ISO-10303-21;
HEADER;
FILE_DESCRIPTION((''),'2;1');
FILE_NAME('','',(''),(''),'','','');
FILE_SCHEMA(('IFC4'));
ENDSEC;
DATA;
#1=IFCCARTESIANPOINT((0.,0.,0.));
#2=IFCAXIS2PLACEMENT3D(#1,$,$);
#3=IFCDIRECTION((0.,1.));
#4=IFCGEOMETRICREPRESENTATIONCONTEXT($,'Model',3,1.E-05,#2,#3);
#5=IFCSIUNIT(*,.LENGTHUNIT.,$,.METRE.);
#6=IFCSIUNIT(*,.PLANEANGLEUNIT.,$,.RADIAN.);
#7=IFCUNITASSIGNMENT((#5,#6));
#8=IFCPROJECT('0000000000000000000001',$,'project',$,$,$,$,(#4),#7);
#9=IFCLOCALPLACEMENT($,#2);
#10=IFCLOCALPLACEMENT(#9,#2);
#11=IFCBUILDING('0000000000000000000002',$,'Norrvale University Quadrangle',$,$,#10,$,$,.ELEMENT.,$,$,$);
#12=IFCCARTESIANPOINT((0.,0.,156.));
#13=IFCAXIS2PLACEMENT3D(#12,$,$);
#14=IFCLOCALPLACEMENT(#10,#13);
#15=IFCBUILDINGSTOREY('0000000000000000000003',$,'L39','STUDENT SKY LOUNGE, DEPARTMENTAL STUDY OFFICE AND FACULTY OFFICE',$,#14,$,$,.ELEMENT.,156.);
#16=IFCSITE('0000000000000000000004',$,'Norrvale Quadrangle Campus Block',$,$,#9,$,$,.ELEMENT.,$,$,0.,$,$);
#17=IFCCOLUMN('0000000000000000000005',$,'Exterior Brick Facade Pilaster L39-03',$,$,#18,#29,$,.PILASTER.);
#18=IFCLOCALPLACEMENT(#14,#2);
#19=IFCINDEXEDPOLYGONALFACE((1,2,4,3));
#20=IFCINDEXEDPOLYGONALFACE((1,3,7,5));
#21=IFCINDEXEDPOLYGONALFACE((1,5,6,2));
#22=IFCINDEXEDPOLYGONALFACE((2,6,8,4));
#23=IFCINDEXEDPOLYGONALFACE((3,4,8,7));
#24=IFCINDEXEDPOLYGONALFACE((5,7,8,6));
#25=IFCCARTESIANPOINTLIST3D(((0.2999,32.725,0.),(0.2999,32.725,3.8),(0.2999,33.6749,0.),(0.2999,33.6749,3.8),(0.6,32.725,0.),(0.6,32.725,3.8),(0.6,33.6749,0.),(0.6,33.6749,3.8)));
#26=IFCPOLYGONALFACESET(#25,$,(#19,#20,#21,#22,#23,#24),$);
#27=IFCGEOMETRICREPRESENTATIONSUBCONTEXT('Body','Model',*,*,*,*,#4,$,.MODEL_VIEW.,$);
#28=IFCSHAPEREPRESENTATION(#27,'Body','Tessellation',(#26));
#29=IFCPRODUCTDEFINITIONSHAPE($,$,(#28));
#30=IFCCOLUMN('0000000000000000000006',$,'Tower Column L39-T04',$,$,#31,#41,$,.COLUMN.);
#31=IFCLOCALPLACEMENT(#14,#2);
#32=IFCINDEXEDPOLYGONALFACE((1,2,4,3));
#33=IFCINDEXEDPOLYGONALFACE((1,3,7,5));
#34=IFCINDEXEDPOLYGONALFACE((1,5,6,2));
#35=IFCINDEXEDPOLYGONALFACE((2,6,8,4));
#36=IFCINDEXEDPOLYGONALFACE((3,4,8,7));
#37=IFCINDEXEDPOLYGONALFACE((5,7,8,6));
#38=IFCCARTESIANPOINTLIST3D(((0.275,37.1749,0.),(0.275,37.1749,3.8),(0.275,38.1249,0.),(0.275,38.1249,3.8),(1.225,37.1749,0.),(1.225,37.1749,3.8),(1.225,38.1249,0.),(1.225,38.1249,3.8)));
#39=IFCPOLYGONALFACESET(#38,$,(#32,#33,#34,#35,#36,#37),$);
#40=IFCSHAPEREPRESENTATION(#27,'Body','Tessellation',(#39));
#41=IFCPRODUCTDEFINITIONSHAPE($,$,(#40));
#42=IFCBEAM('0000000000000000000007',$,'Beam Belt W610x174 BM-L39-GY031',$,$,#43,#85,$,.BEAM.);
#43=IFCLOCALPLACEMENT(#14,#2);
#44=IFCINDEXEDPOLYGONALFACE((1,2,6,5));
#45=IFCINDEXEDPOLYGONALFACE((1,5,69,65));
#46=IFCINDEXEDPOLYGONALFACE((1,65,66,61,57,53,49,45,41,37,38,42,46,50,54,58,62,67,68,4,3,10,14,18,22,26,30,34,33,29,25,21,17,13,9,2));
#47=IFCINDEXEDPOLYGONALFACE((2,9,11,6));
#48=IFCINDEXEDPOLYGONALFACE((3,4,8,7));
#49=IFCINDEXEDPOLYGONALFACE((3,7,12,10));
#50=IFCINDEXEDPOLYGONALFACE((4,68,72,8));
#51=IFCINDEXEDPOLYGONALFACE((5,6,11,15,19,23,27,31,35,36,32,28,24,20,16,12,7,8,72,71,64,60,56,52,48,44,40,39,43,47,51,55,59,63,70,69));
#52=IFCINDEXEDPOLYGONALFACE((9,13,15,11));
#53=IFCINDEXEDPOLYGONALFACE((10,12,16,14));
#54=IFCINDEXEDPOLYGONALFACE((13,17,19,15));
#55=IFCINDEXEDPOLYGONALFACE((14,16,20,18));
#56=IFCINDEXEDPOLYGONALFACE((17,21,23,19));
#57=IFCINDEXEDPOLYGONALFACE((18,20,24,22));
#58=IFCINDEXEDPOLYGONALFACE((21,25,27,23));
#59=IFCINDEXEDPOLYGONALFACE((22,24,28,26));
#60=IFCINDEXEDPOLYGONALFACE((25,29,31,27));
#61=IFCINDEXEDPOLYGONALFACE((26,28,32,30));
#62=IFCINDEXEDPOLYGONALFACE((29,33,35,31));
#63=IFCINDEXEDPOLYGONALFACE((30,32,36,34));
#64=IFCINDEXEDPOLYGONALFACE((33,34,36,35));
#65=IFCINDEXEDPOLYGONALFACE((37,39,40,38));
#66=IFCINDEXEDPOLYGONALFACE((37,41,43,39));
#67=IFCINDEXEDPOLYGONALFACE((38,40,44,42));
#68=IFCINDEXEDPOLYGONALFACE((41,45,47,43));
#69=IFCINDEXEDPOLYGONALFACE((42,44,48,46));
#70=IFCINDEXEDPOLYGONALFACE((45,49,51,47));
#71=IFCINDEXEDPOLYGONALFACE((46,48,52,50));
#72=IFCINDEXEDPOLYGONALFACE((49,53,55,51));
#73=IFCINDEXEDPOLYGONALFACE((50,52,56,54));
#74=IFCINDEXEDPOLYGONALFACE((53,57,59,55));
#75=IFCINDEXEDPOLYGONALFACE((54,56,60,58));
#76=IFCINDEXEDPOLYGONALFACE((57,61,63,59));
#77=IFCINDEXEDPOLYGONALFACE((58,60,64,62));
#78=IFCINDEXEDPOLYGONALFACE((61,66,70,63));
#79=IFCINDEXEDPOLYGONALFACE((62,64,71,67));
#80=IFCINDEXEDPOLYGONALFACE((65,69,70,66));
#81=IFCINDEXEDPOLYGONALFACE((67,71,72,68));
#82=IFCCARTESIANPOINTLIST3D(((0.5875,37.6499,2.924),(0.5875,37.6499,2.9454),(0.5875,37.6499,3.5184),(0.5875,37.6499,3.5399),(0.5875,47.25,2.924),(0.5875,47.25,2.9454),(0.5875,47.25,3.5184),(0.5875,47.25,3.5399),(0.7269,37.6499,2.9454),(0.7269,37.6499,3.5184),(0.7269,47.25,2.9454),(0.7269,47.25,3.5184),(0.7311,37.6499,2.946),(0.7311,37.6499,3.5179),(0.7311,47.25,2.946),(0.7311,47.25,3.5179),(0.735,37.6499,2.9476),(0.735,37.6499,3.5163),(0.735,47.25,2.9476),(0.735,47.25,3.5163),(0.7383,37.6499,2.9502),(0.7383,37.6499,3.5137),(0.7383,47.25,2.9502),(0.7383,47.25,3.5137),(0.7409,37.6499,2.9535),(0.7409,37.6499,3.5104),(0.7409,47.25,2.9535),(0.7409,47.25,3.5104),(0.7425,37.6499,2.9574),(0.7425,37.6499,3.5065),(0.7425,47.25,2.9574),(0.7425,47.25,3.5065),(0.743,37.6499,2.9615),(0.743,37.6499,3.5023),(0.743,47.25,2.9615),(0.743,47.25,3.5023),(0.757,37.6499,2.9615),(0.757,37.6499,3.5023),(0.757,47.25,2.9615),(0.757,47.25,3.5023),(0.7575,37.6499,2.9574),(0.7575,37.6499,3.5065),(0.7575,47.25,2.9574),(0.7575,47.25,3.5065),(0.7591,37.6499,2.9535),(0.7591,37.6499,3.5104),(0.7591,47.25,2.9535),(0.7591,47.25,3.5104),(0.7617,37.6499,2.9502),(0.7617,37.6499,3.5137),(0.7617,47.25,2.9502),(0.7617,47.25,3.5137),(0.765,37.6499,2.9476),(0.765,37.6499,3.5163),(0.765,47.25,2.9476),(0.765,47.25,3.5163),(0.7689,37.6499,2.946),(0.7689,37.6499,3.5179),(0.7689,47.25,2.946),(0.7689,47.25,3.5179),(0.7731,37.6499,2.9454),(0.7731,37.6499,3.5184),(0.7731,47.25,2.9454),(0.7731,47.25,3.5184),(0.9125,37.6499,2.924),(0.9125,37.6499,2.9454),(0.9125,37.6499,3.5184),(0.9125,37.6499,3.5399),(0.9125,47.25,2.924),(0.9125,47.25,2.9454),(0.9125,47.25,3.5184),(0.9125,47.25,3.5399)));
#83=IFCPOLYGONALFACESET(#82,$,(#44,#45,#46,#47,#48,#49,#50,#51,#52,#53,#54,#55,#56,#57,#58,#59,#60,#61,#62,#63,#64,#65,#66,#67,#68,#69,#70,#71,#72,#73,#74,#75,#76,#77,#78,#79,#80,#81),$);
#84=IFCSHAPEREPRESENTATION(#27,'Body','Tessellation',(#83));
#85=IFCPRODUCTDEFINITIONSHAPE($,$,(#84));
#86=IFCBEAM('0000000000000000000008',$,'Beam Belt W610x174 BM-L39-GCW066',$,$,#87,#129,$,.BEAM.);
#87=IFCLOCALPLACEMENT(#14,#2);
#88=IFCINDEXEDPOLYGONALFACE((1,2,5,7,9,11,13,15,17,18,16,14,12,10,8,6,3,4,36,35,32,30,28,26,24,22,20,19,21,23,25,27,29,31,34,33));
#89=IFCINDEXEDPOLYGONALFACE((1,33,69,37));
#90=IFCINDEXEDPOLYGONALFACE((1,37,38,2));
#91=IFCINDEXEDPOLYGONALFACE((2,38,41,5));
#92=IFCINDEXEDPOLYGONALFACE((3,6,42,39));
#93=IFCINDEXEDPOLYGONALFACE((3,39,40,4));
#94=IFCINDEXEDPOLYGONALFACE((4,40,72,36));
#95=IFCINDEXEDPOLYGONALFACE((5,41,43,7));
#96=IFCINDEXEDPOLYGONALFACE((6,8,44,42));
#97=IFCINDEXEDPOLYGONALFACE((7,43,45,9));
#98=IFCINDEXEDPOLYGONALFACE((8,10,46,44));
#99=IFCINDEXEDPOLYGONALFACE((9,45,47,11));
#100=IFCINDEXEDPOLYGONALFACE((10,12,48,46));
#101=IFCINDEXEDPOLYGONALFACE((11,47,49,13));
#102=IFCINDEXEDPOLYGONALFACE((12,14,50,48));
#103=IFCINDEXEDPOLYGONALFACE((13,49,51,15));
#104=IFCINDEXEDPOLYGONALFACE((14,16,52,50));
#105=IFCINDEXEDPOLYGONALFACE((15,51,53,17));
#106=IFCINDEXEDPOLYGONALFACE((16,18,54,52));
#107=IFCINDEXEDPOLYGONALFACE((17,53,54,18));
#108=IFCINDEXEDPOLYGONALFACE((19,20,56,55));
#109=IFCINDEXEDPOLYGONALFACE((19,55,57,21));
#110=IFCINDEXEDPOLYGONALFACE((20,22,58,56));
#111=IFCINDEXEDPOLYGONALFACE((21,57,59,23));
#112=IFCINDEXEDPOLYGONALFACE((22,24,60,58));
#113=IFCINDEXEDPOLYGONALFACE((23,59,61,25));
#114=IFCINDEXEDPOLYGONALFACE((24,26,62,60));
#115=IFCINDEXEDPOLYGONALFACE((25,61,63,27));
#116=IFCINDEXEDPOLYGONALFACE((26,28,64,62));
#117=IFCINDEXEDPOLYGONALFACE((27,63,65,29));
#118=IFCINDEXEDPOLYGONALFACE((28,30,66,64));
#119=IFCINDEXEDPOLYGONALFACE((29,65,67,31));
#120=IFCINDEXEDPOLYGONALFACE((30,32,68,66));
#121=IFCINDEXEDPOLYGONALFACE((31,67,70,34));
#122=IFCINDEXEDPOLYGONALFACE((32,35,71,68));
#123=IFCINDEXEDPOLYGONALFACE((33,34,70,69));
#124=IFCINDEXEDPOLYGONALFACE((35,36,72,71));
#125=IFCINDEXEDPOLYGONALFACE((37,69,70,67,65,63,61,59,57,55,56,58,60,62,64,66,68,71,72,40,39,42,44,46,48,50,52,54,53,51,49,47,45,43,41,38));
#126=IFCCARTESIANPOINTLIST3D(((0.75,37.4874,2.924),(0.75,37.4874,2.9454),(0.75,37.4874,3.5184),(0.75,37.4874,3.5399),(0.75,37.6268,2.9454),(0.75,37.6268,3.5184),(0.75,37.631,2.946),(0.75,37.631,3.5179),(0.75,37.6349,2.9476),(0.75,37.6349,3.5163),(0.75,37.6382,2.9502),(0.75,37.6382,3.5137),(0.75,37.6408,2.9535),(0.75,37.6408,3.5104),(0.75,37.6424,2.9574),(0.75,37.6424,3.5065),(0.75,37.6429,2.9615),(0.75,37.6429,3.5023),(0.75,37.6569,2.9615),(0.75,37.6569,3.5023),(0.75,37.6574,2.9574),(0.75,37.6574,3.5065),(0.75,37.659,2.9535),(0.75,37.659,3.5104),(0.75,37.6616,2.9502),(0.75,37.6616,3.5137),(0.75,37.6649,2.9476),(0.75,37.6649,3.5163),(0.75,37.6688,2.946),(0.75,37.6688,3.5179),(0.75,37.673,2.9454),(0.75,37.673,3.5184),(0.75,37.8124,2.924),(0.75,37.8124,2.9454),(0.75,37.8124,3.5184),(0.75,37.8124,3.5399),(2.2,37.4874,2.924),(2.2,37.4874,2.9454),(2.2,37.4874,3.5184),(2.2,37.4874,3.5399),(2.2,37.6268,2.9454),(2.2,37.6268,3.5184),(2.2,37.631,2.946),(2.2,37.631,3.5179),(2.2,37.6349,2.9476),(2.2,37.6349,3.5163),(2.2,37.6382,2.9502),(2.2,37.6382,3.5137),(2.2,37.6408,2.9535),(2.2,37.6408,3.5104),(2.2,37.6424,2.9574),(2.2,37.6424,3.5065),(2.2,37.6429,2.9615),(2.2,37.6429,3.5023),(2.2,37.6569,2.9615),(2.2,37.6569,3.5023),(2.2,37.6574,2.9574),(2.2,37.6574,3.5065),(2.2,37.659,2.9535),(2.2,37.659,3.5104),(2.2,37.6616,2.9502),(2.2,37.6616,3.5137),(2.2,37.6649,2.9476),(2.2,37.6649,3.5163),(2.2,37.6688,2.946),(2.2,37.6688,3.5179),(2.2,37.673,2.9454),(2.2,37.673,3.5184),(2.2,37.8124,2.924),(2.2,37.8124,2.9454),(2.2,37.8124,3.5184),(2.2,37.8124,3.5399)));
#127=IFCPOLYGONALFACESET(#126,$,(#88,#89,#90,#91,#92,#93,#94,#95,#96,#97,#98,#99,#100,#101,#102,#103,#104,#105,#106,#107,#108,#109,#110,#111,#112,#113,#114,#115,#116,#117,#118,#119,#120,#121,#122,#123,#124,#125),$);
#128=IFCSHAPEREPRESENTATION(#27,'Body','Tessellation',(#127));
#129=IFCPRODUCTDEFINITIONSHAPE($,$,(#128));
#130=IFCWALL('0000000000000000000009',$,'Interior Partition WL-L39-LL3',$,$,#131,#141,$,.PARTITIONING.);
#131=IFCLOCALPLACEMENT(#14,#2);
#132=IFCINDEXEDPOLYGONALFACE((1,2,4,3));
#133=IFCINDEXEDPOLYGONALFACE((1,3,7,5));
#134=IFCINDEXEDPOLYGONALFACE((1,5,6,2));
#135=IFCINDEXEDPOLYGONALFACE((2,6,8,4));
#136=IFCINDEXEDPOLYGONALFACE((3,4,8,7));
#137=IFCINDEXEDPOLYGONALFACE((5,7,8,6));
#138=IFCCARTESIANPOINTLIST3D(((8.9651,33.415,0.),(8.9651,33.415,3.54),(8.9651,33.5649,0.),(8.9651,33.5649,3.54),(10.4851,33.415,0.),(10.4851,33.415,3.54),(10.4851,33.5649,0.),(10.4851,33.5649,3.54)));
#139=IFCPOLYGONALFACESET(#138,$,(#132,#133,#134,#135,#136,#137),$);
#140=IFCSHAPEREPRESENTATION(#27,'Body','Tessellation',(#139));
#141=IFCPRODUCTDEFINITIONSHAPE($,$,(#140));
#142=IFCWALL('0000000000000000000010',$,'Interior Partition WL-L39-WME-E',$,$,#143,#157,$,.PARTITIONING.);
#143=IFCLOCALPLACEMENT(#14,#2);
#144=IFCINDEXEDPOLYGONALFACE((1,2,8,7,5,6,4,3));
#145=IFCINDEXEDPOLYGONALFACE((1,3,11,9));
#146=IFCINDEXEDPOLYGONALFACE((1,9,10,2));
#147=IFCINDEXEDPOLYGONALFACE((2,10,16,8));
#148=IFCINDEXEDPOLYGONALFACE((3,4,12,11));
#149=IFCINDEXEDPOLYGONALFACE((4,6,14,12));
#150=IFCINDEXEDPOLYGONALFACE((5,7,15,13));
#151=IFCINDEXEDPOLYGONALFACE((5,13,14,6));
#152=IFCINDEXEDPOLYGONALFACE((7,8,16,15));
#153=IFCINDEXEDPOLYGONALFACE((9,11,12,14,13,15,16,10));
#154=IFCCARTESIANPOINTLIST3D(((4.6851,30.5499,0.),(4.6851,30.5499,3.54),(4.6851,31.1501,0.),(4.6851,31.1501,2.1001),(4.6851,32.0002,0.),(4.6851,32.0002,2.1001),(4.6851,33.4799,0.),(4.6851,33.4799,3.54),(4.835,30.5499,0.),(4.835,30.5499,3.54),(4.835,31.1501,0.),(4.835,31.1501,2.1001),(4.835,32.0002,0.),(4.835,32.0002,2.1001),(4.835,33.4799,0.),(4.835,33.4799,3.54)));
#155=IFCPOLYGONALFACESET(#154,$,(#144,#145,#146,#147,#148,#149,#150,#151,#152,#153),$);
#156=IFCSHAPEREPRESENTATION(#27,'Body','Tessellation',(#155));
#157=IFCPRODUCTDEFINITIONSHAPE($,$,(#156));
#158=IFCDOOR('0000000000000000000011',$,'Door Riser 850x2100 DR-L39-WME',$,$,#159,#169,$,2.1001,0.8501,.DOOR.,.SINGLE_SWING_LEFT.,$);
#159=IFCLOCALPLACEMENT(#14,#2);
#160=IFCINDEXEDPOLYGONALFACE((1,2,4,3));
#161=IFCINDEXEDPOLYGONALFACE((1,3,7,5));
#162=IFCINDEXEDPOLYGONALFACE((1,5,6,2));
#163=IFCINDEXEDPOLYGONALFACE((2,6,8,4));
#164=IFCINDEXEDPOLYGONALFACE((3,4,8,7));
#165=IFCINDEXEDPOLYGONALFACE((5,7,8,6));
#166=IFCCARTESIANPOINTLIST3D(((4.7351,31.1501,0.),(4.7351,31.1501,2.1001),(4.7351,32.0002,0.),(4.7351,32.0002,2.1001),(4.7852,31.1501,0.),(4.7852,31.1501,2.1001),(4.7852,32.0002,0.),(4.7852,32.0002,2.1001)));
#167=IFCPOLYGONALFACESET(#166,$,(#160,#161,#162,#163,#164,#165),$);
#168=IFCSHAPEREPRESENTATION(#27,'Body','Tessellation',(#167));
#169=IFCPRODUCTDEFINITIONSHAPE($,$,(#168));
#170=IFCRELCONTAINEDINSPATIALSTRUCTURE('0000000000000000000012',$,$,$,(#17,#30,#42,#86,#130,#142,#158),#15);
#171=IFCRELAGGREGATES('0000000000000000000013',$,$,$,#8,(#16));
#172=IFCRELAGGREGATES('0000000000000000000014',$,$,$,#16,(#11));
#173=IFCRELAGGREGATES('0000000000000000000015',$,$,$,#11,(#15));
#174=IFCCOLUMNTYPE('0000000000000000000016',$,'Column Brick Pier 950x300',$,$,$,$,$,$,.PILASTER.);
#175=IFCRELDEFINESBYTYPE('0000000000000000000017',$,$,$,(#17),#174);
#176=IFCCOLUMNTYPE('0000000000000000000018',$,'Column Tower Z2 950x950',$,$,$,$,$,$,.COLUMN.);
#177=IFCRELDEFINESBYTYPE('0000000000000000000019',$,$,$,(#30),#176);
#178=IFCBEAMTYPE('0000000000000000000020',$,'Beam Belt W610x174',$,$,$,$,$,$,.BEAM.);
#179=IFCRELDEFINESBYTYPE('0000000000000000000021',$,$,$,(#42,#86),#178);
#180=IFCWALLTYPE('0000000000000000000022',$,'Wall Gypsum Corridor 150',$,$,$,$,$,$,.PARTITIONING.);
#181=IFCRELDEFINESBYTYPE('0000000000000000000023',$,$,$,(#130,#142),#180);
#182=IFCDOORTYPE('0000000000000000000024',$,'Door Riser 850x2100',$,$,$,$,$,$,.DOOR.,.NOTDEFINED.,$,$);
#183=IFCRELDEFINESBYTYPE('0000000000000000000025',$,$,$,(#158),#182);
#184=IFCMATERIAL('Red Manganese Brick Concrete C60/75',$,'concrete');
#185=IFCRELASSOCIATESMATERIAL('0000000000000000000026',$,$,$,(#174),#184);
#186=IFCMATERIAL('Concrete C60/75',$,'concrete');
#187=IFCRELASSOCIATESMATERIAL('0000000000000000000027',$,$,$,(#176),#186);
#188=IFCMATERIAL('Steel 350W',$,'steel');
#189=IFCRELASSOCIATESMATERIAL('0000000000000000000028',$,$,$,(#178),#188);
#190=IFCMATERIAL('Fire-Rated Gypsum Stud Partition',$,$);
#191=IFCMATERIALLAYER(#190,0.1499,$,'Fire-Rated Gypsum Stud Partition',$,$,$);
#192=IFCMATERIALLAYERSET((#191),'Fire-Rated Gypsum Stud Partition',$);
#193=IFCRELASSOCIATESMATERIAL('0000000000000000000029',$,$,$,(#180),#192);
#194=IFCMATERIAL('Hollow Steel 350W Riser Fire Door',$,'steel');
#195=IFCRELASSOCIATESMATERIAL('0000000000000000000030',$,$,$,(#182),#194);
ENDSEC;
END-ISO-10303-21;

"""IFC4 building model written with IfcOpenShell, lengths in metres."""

from ifc_helpers import new_model, si_unit, direction, frame, frame_2d, origin, origin_2d, place, context, subcontext, project, spatial, rectangle, i_section, extrude, material, layer, layer_set, material_profile, profile_set, type_object, element, fill, save


model = new_model("IFC4")

# Units and contexts
model_context = context("Model", 3, precision=1e-05, world=origin(), true_north=direction((0.0, 1.0)))
body_context = subcontext(model_context, "Body", "Model", "MODEL_VIEW")
ifc_project = project(units=[si_unit("LENGTHUNIT", "METRE"), si_unit("PLANEANGLEUNIT", "RADIAN")], contexts=[model_context])

# Site, building, storey
site_placement = place(None, origin())
site = spatial("IfcSite", under=ifc_project, at=site_placement, Name="Norrvale Quadrangle Campus Block", CompositionType="ELEMENT", RefElevation=0.0)
building_placement = place(site_placement, origin())
building = spatial("IfcBuilding", under=site, at=building_placement, Name="Norrvale University Quadrangle", CompositionType="ELEMENT")
storey_placement = place(building_placement, frame((0.0, 0.0, 156.0)))
storey = spatial("IfcBuildingStorey", under=building, at=storey_placement, Name="L39", Description="STUDENT SKY LOUNGE, DEPARTMENTAL STUDY OFFICE AND FACULTY OFFICE", CompositionType="ELEMENT", Elevation=156.0)

# Columns
ifc_material_1 = material(Name="Red Manganese Brick Concrete C60/75", Category="concrete")
ifc_material_profile_1 = material_profile(ifc_material_1, rectangle(XDim=0.95, YDim=0.3, at=origin_2d()), Name="Red Manganese Brick Concrete C60/75")
ifc_profile_set_1 = profile_set([ifc_material_profile_1], Name="Red Manganese Brick Concrete C60/75")
column_type_1 = type_object("IfcColumnType", Name="Column Brick Pier 950x300", PredefinedType="PILASTER", material=ifc_profile_set_1)
column_1_placement = place(storey_placement, frame((0.45, 33.2, 0.0), z_axis=(0.0, 0.0, 1.0), x_axis=(0.0, 1.0, 0.0)))
element("IfcColumn", 1, at=column_1_placement, inside=storey, type_object=column_type_1, Name="Exterior Brick Facade Pilaster L39-03", PredefinedType="PILASTER", context=body_context, shape_type="SweptSolid", body=[
    extrude(rectangle(XDim=0.95, YDim=0.3, at=origin_2d()), origin(), (0.0, 0.0, 1.0), 3.8),
])
ifc_material_2 = material(Name="Concrete C60/75", Category="concrete")
ifc_material_profile_2 = material_profile(ifc_material_2, rectangle(XDim=0.95, YDim=0.95, at=origin_2d()), Name="Concrete C60/75")
ifc_profile_set_2 = profile_set([ifc_material_profile_2], Name="Concrete C60/75")
column_type_2 = type_object("IfcColumnType", Name="Column Tower Z2 950x950", PredefinedType="COLUMN", material=ifc_profile_set_2)
column_2_placement = place(storey_placement, frame((0.75, 37.6499, 0.0), z_axis=(0.0, 0.0, 1.0), x_axis=(1.0, 0.0, 0.0)))
element("IfcColumn", 2, at=column_2_placement, inside=storey, type_object=column_type_2, Name="Tower Column L39-T04", PredefinedType="COLUMN", context=body_context, shape_type="SweptSolid", body=[
    extrude(rectangle(XDim=0.95, YDim=0.95, at=origin_2d()), origin(), (0.0, 0.0, 1.0), 3.8),
])

# Beams
ifc_material_3 = material(Name="Steel 350W", Category="steel")
ifc_material_profile_3 = material_profile(ifc_material_3, i_section(OverallWidth=0.325, OverallDepth=0.616, WebThickness=0.0139, FlangeThickness=0.0215, FilletRadius=0.0161, at=origin_2d()), Name="Steel 350W")
ifc_profile_set_3 = profile_set([ifc_material_profile_3], Name="Steel 350W")
beam_type = type_object("IfcBeamType", Name="Beam Belt W610x174", PredefinedType="BEAM", material=ifc_profile_set_3)
beam_1_placement = place(storey_placement, frame((0.75, 37.6499, 3.2319), z_axis=(0.0, 1.0, 0.0), x_axis=(-1.0, 0.0, 0.0)))
element("IfcBeam", 3, at=beam_1_placement, inside=storey, type_object=beam_type, Name="Beam Belt W610x174 BM-L39-GY031", PredefinedType="BEAM", context=body_context, shape_type="SweptSolid", body=[
    extrude(i_section(OverallWidth=0.325, OverallDepth=0.616, WebThickness=0.0139, FlangeThickness=0.0215, FilletRadius=0.0161, at=origin_2d()), origin(), (0.0, 0.0, 1.0), 9.6001),
])
beam_2_placement = place(storey_placement, frame((0.75, 37.6499, 3.2319), z_axis=(1.0, 0.0, 0.0), x_axis=(0.0, 1.0, 0.0)))
element("IfcBeam", 4, at=beam_2_placement, inside=storey, type_object=beam_type, Name="Beam Belt W610x174 BM-L39-GCW066", PredefinedType="BEAM", context=body_context, shape_type="SweptSolid", body=[
    extrude(i_section(OverallWidth=0.325, OverallDepth=0.616, WebThickness=0.0139, FlangeThickness=0.0215, FilletRadius=0.0161, at=origin_2d()), origin(), (0.0, 0.0, 1.0), 1.45),
])

# Wall
ifc_material_4 = material(Name="Fire-Rated Gypsum Stud Partition")
ifc_layer_1 = layer(ifc_material_4, 0.1499, Name="Fire-Rated Gypsum Stud Partition")
ifc_layer_set_1 = layer_set([ifc_layer_1], Name="Fire-Rated Gypsum Stud Partition")
wall_type_1 = type_object("IfcWallType", Name="Wall Gypsum Corridor 150", PredefinedType="PARTITIONING", material=ifc_layer_set_1)
wall_1_placement = place(storey_placement, frame((8.9651, 33.49, 0.0), z_axis=(0.0, 0.0, 1.0), x_axis=(1.0, 0.0, 0.0)))
element("IfcWall", 5, at=wall_1_placement, inside=storey, type_object=wall_type_1, Name="Interior Partition WL-L39-LL3", PredefinedType="PARTITIONING", context=body_context, shape_type="SweptSolid", body=[
    extrude(rectangle(XDim=1.52, YDim=0.1499, at=frame_2d((0.76, 0.0))), origin(), (0.0, 0.0, 1.0), 3.54),
])

# Wall, opening, door
wall_2_placement = place(storey_placement, frame((4.76, 30.55, 0.0), z_axis=(0.0, 0.0, 1.0), x_axis=(0.0, 1.0, 0.0)))
wall_2 = element("IfcWall", 6, at=wall_2_placement, inside=storey, type_object=wall_type_1, Name="Interior Partition WL-L39-WME-E", PredefinedType="PARTITIONING", context=body_context, shape_type="SweptSolid", body=[
    extrude(rectangle(XDim=2.9299, YDim=0.1499, at=frame_2d((1.4648, 0.0))), origin(), (0.0, 0.0, 1.0), 3.54),
])
opening_1_placement = place(wall_2_placement, frame((0.6001, 0.0, 0.0)))
opening_1 = element("IfcOpeningElement", 7, at=opening_1_placement, cuts=wall_2, PredefinedType="OPENING", context=body_context, shape_type="SweptSolid", body=[
    extrude(rectangle(XDim=0.8501, YDim=2.1001, at=frame_2d((0.425, 1.05))), frame((0.0, 0.0869, 0.0), z_axis=(0.0, -1.0, 0.0), x_axis=(1.0, 0.0, 0.0)), (0.0, 0.0, 1.0), 0.1738),
])
ifc_material_5 = material(Name="Hollow Steel 350W Riser Fire Door", Category="steel")
door_type_1 = type_object("IfcDoorType", Name="Door Riser 850x2100", OperationType="NOTDEFINED", PredefinedType="DOOR", material=ifc_material_5)
door_1_placement = place(opening_1_placement, origin())
door_1 = element("IfcDoor", 8, at=door_1_placement, inside=storey, type_object=door_type_1, Name="Door Riser 850x2100 DR-L39-WME", OperationType="SINGLE_SWING_LEFT", OverallHeight=2.1001, OverallWidth=0.8501, PredefinedType="DOOR", context=body_context, shape_type="SweptSolid", body=[
    extrude(rectangle(XDim=0.8501, YDim=2.1001, at=frame_2d((0.425, 1.05))), frame((0.0, 0.0249, 0.0), z_axis=(0.0, -1.0, 0.0), x_axis=(1.0, 0.0, 0.0)), (0.0, 0.0, 1.0), 0.05),
])
fill(opening_1, door_1)

save(model, "model.ifc")
